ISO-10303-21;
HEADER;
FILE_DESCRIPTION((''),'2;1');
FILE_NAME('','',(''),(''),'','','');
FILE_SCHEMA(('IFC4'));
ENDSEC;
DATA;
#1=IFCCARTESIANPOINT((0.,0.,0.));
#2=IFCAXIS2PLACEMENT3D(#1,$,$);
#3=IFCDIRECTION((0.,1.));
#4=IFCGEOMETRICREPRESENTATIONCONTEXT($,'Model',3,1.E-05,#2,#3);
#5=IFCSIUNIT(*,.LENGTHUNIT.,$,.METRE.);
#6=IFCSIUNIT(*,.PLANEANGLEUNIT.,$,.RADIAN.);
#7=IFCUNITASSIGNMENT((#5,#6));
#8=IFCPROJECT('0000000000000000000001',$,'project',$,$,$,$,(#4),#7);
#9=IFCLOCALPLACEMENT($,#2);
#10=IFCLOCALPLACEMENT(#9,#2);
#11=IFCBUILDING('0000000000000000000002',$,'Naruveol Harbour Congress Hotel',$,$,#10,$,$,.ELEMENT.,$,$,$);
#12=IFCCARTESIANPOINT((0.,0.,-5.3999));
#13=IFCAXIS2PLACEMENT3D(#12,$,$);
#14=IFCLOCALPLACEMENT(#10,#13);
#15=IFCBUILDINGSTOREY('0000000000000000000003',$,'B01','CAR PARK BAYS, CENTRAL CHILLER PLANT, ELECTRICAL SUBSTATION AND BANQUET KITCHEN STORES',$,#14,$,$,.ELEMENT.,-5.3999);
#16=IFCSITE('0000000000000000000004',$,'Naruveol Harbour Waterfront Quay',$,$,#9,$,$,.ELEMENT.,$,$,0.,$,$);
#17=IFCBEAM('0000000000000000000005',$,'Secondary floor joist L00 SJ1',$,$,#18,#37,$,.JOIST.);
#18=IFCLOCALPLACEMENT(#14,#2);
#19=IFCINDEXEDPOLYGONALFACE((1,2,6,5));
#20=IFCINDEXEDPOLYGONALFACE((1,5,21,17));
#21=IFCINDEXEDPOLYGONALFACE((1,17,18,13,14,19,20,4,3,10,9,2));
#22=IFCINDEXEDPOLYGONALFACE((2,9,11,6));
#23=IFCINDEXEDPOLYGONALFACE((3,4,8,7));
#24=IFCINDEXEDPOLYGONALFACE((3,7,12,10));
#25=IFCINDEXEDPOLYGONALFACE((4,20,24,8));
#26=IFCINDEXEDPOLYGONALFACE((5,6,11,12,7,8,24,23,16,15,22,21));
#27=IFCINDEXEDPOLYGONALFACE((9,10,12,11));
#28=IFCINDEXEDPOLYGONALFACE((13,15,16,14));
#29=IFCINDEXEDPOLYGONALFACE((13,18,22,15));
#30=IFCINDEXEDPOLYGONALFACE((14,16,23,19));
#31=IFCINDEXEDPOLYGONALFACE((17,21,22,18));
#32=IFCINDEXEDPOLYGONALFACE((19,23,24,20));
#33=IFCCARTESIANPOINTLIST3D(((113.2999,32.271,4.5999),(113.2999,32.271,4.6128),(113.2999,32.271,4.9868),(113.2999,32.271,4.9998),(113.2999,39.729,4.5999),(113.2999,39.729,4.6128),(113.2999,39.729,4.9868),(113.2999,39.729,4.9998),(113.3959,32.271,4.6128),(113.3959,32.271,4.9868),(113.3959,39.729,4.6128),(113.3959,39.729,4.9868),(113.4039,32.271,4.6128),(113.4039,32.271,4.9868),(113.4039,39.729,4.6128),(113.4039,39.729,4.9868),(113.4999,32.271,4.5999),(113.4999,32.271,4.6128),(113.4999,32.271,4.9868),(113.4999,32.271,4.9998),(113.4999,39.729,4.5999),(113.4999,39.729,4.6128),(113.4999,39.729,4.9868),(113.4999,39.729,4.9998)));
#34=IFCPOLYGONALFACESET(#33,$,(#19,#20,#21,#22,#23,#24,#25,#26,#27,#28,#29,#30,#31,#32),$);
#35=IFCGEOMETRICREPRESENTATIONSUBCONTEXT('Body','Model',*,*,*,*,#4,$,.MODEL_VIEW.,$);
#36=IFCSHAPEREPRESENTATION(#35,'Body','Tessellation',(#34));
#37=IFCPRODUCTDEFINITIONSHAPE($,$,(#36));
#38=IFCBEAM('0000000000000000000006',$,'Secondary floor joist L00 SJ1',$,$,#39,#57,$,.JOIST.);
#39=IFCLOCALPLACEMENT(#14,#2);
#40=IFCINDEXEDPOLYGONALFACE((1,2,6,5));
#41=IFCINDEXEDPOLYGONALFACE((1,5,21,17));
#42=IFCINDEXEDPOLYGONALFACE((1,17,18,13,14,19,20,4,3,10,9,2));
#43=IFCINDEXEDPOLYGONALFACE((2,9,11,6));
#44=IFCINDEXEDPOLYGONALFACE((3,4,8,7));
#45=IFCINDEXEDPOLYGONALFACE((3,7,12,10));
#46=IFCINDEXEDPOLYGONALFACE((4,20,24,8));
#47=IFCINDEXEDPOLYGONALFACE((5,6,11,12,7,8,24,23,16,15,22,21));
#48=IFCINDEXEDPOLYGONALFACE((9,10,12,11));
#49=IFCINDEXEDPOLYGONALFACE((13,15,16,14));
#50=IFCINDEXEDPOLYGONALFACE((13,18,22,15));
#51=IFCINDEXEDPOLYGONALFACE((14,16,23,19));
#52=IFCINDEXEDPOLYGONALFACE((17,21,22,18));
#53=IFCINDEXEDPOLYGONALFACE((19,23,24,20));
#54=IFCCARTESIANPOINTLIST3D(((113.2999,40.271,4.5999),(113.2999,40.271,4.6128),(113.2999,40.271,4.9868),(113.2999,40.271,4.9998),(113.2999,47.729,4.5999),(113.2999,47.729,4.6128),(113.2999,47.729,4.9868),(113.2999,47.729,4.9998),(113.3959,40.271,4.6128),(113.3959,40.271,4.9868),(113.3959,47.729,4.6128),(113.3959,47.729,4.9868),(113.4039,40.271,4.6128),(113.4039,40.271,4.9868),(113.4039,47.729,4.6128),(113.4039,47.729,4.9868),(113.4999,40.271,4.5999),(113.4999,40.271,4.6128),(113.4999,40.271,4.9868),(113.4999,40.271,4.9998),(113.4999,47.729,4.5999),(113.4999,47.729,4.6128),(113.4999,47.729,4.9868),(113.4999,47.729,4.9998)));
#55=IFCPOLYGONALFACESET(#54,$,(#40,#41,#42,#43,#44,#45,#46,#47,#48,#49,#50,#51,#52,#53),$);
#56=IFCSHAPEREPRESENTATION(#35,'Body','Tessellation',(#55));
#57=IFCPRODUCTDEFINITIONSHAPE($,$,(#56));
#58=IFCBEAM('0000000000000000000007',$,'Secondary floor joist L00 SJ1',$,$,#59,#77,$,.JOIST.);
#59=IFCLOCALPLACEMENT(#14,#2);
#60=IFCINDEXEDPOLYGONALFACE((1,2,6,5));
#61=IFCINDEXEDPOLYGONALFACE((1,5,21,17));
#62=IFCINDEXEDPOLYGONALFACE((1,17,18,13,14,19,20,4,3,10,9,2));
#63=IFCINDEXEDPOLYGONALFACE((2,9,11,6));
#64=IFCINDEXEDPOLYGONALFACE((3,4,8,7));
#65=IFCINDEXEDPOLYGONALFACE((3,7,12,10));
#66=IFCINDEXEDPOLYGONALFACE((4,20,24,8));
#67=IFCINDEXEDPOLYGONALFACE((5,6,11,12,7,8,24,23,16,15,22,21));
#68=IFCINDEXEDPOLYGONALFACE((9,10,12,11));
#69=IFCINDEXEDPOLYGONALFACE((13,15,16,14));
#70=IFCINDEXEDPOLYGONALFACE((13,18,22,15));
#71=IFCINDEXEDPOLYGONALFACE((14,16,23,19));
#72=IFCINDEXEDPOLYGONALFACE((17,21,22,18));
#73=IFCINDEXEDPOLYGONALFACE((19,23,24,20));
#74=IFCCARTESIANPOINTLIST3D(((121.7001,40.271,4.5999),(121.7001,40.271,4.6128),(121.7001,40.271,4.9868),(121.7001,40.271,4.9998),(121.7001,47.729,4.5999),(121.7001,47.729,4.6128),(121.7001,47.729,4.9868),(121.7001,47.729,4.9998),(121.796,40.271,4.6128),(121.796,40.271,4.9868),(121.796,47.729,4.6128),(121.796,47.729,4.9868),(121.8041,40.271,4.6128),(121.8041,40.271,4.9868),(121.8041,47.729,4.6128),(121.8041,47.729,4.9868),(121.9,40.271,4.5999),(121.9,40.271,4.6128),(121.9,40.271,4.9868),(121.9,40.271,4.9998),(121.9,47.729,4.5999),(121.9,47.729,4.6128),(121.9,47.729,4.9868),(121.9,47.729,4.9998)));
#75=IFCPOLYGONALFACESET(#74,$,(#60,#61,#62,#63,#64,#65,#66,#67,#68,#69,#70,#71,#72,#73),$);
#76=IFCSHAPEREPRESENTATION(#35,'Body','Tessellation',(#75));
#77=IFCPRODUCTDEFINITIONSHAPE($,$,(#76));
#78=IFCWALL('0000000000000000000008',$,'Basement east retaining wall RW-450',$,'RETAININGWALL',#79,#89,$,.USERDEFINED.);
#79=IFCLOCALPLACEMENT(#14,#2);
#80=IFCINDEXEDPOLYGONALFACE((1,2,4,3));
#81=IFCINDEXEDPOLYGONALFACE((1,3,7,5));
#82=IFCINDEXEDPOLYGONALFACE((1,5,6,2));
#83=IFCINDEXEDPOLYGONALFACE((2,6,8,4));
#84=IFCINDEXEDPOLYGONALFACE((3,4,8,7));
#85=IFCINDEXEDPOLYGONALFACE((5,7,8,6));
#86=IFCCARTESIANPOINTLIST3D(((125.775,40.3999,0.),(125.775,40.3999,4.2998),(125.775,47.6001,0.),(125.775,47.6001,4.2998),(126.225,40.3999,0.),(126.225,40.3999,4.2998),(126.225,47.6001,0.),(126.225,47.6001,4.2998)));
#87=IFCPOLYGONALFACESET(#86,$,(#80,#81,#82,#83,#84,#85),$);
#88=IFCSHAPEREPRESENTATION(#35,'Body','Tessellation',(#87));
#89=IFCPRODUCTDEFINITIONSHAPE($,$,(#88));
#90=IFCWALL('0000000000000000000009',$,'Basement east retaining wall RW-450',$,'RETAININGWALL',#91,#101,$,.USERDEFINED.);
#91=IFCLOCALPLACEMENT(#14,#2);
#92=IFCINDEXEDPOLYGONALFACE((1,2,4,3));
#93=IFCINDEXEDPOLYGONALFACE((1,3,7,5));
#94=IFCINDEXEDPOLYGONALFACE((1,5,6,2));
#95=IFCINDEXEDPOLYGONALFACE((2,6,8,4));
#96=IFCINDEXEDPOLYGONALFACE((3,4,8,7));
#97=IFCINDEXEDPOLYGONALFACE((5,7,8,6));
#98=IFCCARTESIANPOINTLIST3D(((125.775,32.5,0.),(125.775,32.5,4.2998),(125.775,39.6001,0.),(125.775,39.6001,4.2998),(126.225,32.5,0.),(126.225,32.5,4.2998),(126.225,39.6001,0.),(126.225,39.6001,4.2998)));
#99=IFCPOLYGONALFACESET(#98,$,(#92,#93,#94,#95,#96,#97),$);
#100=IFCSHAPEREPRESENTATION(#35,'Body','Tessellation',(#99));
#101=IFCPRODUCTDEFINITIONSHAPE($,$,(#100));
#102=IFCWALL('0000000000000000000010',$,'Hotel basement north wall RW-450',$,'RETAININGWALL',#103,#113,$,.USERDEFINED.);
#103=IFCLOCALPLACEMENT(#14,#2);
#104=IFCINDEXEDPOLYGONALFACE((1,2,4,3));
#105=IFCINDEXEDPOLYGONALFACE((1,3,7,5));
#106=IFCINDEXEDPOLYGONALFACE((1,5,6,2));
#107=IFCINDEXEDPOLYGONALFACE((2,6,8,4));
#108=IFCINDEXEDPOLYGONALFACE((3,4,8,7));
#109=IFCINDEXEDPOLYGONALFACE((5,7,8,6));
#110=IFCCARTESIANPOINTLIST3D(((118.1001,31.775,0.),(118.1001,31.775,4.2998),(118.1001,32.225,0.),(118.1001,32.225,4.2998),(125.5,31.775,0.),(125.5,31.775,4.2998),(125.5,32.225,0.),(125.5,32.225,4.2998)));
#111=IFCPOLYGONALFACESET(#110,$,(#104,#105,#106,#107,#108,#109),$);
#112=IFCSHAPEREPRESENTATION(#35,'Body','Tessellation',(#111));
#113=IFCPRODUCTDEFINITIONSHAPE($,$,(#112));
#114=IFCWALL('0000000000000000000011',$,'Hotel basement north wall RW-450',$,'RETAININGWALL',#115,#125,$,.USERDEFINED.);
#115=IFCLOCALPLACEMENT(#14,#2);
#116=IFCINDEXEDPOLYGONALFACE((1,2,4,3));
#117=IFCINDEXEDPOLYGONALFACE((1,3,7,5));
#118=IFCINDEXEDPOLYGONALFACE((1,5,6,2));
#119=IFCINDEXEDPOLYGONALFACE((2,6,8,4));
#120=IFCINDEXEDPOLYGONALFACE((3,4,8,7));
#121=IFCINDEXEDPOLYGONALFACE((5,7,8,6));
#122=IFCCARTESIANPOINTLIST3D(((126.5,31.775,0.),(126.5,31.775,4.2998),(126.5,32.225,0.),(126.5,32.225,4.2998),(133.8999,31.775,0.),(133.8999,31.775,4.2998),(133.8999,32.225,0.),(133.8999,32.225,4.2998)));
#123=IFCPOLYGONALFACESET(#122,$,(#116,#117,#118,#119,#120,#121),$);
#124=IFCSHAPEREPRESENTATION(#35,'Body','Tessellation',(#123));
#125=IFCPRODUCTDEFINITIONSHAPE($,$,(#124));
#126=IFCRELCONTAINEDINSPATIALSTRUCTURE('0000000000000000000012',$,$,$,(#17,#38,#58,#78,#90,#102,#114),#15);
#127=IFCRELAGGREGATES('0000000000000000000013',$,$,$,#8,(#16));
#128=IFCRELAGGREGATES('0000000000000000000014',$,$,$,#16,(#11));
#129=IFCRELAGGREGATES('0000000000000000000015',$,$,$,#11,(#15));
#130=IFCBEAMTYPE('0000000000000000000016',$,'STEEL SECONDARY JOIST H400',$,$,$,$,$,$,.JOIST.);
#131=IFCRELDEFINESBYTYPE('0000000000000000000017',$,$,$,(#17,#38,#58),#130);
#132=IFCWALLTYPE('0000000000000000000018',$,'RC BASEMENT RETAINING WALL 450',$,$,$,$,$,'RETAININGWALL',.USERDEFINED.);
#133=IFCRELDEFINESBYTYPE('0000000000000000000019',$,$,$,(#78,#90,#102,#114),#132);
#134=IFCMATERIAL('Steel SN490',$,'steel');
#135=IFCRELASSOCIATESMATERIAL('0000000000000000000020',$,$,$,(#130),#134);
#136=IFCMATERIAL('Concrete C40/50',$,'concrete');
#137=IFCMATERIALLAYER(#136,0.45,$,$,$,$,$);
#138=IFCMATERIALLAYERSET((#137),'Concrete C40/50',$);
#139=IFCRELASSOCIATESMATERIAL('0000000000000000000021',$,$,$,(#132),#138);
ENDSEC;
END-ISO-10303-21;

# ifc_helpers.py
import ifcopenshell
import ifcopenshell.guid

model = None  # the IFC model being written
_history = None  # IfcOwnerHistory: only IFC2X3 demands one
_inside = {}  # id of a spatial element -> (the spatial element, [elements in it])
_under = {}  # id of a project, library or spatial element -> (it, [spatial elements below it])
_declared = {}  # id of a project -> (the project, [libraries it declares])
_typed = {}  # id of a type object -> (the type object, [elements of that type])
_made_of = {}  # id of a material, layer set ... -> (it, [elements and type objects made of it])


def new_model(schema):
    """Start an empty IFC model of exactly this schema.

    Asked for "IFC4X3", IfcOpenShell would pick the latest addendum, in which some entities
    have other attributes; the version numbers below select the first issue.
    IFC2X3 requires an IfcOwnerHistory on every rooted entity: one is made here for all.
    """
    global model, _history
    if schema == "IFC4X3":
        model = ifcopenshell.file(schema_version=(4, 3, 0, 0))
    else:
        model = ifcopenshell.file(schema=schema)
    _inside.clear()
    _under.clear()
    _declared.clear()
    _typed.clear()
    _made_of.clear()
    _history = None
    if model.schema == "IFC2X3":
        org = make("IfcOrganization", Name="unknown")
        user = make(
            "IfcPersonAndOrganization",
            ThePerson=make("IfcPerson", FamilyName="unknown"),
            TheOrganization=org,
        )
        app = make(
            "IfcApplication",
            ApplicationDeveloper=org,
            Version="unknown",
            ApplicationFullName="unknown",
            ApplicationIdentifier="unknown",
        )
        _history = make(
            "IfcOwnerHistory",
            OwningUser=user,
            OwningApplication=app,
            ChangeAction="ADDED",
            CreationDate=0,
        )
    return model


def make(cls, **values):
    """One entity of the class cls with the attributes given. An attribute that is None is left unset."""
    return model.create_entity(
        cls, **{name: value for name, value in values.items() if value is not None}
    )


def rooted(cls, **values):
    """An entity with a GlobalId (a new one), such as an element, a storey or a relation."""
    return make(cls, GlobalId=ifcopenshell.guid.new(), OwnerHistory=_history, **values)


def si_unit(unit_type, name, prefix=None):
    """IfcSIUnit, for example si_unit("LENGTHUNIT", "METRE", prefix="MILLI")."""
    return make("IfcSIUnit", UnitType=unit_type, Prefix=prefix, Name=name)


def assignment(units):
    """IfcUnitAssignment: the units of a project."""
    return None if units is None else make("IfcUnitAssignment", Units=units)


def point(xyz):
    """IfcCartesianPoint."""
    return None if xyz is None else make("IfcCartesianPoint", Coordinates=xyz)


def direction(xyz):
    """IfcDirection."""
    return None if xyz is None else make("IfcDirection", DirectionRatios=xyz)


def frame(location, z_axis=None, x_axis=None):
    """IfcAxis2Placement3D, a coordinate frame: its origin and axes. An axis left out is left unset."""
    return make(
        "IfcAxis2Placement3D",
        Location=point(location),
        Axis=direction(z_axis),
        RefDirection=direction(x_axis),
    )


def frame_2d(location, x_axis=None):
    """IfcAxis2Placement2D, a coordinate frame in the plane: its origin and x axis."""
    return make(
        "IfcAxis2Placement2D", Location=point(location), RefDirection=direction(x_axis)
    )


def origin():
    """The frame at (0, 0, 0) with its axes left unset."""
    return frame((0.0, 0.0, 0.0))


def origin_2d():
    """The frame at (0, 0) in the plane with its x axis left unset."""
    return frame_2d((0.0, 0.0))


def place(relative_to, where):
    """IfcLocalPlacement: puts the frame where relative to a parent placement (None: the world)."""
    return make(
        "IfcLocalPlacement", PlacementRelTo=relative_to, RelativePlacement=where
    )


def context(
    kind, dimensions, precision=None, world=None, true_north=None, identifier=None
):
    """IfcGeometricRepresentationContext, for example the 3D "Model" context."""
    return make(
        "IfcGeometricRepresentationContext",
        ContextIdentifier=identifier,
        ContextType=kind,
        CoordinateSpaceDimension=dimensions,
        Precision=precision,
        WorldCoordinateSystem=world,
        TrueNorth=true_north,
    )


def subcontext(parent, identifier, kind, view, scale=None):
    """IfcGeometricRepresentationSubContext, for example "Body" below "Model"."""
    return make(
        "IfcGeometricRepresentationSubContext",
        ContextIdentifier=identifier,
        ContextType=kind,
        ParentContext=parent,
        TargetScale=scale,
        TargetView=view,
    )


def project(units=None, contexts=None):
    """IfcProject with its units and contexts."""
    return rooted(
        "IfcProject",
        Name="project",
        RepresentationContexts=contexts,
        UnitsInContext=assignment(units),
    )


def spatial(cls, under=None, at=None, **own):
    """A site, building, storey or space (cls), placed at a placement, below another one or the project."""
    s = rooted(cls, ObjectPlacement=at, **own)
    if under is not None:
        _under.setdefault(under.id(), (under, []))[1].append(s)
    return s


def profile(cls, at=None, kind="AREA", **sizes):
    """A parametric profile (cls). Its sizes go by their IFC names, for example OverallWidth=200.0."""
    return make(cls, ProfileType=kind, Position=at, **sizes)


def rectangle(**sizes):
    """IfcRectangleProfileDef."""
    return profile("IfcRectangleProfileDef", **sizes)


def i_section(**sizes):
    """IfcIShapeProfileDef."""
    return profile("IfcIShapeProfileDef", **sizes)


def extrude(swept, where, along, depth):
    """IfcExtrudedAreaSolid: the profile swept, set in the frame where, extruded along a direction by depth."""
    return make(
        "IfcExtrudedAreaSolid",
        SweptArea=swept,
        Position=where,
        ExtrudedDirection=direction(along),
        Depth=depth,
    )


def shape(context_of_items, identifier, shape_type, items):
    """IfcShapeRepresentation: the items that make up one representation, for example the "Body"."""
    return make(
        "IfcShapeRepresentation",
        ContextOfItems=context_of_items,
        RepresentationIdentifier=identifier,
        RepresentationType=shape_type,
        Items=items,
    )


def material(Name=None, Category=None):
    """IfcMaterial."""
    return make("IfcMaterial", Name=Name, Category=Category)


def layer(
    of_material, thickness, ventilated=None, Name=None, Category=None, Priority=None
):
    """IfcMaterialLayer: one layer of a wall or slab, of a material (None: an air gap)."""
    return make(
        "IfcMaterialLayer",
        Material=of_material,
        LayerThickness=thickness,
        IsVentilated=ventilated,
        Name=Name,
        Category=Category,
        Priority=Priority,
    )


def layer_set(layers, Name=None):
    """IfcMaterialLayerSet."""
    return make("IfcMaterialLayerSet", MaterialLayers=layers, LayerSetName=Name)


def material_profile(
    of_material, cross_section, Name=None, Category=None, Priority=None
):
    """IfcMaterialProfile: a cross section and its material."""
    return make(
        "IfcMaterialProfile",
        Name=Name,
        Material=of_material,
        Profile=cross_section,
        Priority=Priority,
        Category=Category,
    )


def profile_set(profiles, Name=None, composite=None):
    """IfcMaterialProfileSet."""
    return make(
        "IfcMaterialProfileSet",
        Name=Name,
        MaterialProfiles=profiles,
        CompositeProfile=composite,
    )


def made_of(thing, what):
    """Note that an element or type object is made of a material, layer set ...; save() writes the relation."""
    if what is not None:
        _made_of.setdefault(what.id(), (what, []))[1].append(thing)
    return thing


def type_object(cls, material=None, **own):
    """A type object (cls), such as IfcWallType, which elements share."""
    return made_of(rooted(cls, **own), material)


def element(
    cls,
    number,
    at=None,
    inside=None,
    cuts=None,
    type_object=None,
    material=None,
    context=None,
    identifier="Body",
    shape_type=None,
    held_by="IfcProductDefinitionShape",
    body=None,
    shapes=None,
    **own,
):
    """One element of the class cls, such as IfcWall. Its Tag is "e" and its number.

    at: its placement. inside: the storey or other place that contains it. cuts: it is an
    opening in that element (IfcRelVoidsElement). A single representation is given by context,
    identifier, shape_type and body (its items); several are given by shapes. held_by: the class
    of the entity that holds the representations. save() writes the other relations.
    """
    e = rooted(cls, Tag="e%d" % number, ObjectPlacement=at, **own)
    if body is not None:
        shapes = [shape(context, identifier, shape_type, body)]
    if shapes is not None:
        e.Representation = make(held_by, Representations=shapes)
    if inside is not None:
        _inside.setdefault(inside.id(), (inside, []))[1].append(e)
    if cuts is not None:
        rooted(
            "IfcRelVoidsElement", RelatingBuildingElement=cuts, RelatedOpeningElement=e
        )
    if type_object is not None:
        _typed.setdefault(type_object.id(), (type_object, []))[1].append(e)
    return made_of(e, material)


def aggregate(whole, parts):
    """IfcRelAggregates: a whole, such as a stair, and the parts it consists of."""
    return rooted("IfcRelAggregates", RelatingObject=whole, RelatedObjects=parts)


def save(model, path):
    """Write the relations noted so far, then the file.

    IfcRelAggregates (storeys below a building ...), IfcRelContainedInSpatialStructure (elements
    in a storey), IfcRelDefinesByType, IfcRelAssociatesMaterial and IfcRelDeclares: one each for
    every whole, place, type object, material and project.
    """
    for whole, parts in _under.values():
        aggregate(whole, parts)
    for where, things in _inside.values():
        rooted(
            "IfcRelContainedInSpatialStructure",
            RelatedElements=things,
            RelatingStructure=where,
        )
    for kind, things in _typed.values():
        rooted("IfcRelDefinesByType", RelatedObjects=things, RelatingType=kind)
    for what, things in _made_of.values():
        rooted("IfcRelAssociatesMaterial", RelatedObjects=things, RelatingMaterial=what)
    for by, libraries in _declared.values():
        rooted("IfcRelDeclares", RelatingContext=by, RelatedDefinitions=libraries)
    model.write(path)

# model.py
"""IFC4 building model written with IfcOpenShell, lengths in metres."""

from ifc_helpers import new_model, si_unit, direction, frame, frame_2d, origin, origin_2d, place, context, subcontext, project, spatial, rectangle, i_section, extrude, material, layer, layer_set, material_profile, profile_set, type_object, element, save


model = new_model("IFC4")

# Units and contexts
model_context = context("Model", 3, precision=1e-05, world=origin(), true_north=direction((0.0, 1.0)))
body_context = subcontext(model_context, "Body", "Model", "MODEL_VIEW")
ifc_project = project(units=[si_unit("LENGTHUNIT", "METRE"), si_unit("PLANEANGLEUNIT", "RADIAN")], contexts=[model_context])

# Site, building, storey
site_placement = place(None, origin())
site = spatial("IfcSite", under=ifc_project, at=site_placement, Name="Naruveol Harbour Waterfront Quay", CompositionType="ELEMENT", RefElevation=0.0)
building_placement = place(site_placement, origin())
building = spatial("IfcBuilding", under=site, at=building_placement, Name="Naruveol Harbour Congress Hotel", CompositionType="ELEMENT")
storey_placement = place(building_placement, frame((0.0, 0.0, -5.3999)))
storey = spatial("IfcBuildingStorey", under=building, at=storey_placement, Name="B01", Description="CAR PARK BAYS, CENTRAL CHILLER PLANT, ELECTRICAL SUBSTATION AND BANQUET KITCHEN STORES", CompositionType="ELEMENT", Elevation=-5.3999)

# Beams
ifc_material_1 = material(Name="Steel SN490", Category="steel")
ifc_material_profile_1 = material_profile(ifc_material_1, i_section(OverallWidth=0.2, OverallDepth=0.3999, WebThickness=0.0081, FlangeThickness=0.0129, at=origin_2d()), Name="H-400x200x8x13")
ifc_profile_set_1 = profile_set([ifc_material_profile_1], Name="Steel SN490")
beam_type_1 = type_object("IfcBeamType", Name="STEEL SECONDARY JOIST H400", PredefinedType="JOIST", material=ifc_profile_set_1)
for number, where, z_axis, x_axis, name in (
    (1, (113.3999, 32.271, 4.7998), (0.0, 1.0, 0.0), (-1.0, 0.0, 0.0), "Secondary floor joist L00 SJ1"),
    (2, (113.3999, 40.271, 4.7998), (0.0, 1.0, 0.0), (-1.0, 0.0, 0.0), "Secondary floor joist L00 SJ1"),
    (3, (121.8, 40.271, 4.7998), (0.0, 1.0, 0.0), (-1.0, 0.0, 0.0), "Secondary floor joist L00 SJ1"),
):
    element("IfcBeam", number, at=place(storey_placement, frame(where, z_axis=z_axis, x_axis=x_axis)), inside=storey, type_object=beam_type_1, Name=name, PredefinedType="JOIST", context=body_context, shape_type="SweptSolid", body=[
        extrude(i_section(OverallWidth=0.2, OverallDepth=0.3999, WebThickness=0.0081, FlangeThickness=0.0129, at=origin_2d()), origin(), (0.0, 0.0, 1.0), 7.458),
    ])

# Walls
ifc_material_2 = material(Name="Concrete C40/50", Category="concrete")
ifc_layer = layer(ifc_material_2, 0.45)
ifc_layer_set = layer_set([ifc_layer], Name="Concrete C40/50")
wall_type = type_object("IfcWallType", Name="RC BASEMENT RETAINING WALL 450", ElementType="RETAININGWALL", PredefinedType="USERDEFINED", material=ifc_layer_set)
wall_1_placement = place(storey_placement, frame((126.0, 47.6001, 0.0), z_axis=(0.0, 0.0, 1.0), x_axis=(0.0, -1.0, 0.0)))
element("IfcWall", 4, at=wall_1_placement, inside=storey, type_object=wall_type, Name="Basement east retaining wall RW-450", ObjectType="RETAININGWALL", PredefinedType="USERDEFINED", context=body_context, shape_type="SweptSolid", body=[
    extrude(rectangle(XDim=7.2002, YDim=0.45, at=frame_2d((3.6001, 0.0))), origin(), (0.0, 0.0, 1.0), 4.2998),
])
wall_2_placement = place(storey_placement, frame((126.0, 39.6001, 0.0), z_axis=(0.0, 0.0, 1.0), x_axis=(0.0, -1.0, 0.0)))
element("IfcWall", 5, at=wall_2_placement, inside=storey, type_object=wall_type, Name="Basement east retaining wall RW-450", ObjectType="RETAININGWALL", PredefinedType="USERDEFINED", context=body_context, shape_type="SweptSolid", body=[
    extrude(rectangle(XDim=7.1001, YDim=0.45, at=frame_2d((3.55, 0.0))), origin(), (0.0, 0.0, 1.0), 4.2998),
])
for number, where, z_axis, x_axis, name in (
    (6, (118.1001, 32.0, 0.0), (0.0, 0.0, 1.0), (1.0, 0.0, 0.0), "Hotel basement north wall RW-450"),
    (7, (126.5, 32.0, 0.0), (0.0, 0.0, 1.0), (1.0, 0.0, 0.0), "Hotel basement north wall RW-450"),
):
    element("IfcWall", number, at=place(storey_placement, frame(where, z_axis=z_axis, x_axis=x_axis)), inside=storey, type_object=wall_type, Name=name, ObjectType="RETAININGWALL", PredefinedType="USERDEFINED", context=body_context, shape_type="SweptSolid", body=[
        extrude(rectangle(XDim=7.3999, YDim=0.45, at=frame_2d((3.7, 0.0))), origin(), (0.0, 0.0, 1.0), 4.2998),
    ])

save(model, "model.ifc")
